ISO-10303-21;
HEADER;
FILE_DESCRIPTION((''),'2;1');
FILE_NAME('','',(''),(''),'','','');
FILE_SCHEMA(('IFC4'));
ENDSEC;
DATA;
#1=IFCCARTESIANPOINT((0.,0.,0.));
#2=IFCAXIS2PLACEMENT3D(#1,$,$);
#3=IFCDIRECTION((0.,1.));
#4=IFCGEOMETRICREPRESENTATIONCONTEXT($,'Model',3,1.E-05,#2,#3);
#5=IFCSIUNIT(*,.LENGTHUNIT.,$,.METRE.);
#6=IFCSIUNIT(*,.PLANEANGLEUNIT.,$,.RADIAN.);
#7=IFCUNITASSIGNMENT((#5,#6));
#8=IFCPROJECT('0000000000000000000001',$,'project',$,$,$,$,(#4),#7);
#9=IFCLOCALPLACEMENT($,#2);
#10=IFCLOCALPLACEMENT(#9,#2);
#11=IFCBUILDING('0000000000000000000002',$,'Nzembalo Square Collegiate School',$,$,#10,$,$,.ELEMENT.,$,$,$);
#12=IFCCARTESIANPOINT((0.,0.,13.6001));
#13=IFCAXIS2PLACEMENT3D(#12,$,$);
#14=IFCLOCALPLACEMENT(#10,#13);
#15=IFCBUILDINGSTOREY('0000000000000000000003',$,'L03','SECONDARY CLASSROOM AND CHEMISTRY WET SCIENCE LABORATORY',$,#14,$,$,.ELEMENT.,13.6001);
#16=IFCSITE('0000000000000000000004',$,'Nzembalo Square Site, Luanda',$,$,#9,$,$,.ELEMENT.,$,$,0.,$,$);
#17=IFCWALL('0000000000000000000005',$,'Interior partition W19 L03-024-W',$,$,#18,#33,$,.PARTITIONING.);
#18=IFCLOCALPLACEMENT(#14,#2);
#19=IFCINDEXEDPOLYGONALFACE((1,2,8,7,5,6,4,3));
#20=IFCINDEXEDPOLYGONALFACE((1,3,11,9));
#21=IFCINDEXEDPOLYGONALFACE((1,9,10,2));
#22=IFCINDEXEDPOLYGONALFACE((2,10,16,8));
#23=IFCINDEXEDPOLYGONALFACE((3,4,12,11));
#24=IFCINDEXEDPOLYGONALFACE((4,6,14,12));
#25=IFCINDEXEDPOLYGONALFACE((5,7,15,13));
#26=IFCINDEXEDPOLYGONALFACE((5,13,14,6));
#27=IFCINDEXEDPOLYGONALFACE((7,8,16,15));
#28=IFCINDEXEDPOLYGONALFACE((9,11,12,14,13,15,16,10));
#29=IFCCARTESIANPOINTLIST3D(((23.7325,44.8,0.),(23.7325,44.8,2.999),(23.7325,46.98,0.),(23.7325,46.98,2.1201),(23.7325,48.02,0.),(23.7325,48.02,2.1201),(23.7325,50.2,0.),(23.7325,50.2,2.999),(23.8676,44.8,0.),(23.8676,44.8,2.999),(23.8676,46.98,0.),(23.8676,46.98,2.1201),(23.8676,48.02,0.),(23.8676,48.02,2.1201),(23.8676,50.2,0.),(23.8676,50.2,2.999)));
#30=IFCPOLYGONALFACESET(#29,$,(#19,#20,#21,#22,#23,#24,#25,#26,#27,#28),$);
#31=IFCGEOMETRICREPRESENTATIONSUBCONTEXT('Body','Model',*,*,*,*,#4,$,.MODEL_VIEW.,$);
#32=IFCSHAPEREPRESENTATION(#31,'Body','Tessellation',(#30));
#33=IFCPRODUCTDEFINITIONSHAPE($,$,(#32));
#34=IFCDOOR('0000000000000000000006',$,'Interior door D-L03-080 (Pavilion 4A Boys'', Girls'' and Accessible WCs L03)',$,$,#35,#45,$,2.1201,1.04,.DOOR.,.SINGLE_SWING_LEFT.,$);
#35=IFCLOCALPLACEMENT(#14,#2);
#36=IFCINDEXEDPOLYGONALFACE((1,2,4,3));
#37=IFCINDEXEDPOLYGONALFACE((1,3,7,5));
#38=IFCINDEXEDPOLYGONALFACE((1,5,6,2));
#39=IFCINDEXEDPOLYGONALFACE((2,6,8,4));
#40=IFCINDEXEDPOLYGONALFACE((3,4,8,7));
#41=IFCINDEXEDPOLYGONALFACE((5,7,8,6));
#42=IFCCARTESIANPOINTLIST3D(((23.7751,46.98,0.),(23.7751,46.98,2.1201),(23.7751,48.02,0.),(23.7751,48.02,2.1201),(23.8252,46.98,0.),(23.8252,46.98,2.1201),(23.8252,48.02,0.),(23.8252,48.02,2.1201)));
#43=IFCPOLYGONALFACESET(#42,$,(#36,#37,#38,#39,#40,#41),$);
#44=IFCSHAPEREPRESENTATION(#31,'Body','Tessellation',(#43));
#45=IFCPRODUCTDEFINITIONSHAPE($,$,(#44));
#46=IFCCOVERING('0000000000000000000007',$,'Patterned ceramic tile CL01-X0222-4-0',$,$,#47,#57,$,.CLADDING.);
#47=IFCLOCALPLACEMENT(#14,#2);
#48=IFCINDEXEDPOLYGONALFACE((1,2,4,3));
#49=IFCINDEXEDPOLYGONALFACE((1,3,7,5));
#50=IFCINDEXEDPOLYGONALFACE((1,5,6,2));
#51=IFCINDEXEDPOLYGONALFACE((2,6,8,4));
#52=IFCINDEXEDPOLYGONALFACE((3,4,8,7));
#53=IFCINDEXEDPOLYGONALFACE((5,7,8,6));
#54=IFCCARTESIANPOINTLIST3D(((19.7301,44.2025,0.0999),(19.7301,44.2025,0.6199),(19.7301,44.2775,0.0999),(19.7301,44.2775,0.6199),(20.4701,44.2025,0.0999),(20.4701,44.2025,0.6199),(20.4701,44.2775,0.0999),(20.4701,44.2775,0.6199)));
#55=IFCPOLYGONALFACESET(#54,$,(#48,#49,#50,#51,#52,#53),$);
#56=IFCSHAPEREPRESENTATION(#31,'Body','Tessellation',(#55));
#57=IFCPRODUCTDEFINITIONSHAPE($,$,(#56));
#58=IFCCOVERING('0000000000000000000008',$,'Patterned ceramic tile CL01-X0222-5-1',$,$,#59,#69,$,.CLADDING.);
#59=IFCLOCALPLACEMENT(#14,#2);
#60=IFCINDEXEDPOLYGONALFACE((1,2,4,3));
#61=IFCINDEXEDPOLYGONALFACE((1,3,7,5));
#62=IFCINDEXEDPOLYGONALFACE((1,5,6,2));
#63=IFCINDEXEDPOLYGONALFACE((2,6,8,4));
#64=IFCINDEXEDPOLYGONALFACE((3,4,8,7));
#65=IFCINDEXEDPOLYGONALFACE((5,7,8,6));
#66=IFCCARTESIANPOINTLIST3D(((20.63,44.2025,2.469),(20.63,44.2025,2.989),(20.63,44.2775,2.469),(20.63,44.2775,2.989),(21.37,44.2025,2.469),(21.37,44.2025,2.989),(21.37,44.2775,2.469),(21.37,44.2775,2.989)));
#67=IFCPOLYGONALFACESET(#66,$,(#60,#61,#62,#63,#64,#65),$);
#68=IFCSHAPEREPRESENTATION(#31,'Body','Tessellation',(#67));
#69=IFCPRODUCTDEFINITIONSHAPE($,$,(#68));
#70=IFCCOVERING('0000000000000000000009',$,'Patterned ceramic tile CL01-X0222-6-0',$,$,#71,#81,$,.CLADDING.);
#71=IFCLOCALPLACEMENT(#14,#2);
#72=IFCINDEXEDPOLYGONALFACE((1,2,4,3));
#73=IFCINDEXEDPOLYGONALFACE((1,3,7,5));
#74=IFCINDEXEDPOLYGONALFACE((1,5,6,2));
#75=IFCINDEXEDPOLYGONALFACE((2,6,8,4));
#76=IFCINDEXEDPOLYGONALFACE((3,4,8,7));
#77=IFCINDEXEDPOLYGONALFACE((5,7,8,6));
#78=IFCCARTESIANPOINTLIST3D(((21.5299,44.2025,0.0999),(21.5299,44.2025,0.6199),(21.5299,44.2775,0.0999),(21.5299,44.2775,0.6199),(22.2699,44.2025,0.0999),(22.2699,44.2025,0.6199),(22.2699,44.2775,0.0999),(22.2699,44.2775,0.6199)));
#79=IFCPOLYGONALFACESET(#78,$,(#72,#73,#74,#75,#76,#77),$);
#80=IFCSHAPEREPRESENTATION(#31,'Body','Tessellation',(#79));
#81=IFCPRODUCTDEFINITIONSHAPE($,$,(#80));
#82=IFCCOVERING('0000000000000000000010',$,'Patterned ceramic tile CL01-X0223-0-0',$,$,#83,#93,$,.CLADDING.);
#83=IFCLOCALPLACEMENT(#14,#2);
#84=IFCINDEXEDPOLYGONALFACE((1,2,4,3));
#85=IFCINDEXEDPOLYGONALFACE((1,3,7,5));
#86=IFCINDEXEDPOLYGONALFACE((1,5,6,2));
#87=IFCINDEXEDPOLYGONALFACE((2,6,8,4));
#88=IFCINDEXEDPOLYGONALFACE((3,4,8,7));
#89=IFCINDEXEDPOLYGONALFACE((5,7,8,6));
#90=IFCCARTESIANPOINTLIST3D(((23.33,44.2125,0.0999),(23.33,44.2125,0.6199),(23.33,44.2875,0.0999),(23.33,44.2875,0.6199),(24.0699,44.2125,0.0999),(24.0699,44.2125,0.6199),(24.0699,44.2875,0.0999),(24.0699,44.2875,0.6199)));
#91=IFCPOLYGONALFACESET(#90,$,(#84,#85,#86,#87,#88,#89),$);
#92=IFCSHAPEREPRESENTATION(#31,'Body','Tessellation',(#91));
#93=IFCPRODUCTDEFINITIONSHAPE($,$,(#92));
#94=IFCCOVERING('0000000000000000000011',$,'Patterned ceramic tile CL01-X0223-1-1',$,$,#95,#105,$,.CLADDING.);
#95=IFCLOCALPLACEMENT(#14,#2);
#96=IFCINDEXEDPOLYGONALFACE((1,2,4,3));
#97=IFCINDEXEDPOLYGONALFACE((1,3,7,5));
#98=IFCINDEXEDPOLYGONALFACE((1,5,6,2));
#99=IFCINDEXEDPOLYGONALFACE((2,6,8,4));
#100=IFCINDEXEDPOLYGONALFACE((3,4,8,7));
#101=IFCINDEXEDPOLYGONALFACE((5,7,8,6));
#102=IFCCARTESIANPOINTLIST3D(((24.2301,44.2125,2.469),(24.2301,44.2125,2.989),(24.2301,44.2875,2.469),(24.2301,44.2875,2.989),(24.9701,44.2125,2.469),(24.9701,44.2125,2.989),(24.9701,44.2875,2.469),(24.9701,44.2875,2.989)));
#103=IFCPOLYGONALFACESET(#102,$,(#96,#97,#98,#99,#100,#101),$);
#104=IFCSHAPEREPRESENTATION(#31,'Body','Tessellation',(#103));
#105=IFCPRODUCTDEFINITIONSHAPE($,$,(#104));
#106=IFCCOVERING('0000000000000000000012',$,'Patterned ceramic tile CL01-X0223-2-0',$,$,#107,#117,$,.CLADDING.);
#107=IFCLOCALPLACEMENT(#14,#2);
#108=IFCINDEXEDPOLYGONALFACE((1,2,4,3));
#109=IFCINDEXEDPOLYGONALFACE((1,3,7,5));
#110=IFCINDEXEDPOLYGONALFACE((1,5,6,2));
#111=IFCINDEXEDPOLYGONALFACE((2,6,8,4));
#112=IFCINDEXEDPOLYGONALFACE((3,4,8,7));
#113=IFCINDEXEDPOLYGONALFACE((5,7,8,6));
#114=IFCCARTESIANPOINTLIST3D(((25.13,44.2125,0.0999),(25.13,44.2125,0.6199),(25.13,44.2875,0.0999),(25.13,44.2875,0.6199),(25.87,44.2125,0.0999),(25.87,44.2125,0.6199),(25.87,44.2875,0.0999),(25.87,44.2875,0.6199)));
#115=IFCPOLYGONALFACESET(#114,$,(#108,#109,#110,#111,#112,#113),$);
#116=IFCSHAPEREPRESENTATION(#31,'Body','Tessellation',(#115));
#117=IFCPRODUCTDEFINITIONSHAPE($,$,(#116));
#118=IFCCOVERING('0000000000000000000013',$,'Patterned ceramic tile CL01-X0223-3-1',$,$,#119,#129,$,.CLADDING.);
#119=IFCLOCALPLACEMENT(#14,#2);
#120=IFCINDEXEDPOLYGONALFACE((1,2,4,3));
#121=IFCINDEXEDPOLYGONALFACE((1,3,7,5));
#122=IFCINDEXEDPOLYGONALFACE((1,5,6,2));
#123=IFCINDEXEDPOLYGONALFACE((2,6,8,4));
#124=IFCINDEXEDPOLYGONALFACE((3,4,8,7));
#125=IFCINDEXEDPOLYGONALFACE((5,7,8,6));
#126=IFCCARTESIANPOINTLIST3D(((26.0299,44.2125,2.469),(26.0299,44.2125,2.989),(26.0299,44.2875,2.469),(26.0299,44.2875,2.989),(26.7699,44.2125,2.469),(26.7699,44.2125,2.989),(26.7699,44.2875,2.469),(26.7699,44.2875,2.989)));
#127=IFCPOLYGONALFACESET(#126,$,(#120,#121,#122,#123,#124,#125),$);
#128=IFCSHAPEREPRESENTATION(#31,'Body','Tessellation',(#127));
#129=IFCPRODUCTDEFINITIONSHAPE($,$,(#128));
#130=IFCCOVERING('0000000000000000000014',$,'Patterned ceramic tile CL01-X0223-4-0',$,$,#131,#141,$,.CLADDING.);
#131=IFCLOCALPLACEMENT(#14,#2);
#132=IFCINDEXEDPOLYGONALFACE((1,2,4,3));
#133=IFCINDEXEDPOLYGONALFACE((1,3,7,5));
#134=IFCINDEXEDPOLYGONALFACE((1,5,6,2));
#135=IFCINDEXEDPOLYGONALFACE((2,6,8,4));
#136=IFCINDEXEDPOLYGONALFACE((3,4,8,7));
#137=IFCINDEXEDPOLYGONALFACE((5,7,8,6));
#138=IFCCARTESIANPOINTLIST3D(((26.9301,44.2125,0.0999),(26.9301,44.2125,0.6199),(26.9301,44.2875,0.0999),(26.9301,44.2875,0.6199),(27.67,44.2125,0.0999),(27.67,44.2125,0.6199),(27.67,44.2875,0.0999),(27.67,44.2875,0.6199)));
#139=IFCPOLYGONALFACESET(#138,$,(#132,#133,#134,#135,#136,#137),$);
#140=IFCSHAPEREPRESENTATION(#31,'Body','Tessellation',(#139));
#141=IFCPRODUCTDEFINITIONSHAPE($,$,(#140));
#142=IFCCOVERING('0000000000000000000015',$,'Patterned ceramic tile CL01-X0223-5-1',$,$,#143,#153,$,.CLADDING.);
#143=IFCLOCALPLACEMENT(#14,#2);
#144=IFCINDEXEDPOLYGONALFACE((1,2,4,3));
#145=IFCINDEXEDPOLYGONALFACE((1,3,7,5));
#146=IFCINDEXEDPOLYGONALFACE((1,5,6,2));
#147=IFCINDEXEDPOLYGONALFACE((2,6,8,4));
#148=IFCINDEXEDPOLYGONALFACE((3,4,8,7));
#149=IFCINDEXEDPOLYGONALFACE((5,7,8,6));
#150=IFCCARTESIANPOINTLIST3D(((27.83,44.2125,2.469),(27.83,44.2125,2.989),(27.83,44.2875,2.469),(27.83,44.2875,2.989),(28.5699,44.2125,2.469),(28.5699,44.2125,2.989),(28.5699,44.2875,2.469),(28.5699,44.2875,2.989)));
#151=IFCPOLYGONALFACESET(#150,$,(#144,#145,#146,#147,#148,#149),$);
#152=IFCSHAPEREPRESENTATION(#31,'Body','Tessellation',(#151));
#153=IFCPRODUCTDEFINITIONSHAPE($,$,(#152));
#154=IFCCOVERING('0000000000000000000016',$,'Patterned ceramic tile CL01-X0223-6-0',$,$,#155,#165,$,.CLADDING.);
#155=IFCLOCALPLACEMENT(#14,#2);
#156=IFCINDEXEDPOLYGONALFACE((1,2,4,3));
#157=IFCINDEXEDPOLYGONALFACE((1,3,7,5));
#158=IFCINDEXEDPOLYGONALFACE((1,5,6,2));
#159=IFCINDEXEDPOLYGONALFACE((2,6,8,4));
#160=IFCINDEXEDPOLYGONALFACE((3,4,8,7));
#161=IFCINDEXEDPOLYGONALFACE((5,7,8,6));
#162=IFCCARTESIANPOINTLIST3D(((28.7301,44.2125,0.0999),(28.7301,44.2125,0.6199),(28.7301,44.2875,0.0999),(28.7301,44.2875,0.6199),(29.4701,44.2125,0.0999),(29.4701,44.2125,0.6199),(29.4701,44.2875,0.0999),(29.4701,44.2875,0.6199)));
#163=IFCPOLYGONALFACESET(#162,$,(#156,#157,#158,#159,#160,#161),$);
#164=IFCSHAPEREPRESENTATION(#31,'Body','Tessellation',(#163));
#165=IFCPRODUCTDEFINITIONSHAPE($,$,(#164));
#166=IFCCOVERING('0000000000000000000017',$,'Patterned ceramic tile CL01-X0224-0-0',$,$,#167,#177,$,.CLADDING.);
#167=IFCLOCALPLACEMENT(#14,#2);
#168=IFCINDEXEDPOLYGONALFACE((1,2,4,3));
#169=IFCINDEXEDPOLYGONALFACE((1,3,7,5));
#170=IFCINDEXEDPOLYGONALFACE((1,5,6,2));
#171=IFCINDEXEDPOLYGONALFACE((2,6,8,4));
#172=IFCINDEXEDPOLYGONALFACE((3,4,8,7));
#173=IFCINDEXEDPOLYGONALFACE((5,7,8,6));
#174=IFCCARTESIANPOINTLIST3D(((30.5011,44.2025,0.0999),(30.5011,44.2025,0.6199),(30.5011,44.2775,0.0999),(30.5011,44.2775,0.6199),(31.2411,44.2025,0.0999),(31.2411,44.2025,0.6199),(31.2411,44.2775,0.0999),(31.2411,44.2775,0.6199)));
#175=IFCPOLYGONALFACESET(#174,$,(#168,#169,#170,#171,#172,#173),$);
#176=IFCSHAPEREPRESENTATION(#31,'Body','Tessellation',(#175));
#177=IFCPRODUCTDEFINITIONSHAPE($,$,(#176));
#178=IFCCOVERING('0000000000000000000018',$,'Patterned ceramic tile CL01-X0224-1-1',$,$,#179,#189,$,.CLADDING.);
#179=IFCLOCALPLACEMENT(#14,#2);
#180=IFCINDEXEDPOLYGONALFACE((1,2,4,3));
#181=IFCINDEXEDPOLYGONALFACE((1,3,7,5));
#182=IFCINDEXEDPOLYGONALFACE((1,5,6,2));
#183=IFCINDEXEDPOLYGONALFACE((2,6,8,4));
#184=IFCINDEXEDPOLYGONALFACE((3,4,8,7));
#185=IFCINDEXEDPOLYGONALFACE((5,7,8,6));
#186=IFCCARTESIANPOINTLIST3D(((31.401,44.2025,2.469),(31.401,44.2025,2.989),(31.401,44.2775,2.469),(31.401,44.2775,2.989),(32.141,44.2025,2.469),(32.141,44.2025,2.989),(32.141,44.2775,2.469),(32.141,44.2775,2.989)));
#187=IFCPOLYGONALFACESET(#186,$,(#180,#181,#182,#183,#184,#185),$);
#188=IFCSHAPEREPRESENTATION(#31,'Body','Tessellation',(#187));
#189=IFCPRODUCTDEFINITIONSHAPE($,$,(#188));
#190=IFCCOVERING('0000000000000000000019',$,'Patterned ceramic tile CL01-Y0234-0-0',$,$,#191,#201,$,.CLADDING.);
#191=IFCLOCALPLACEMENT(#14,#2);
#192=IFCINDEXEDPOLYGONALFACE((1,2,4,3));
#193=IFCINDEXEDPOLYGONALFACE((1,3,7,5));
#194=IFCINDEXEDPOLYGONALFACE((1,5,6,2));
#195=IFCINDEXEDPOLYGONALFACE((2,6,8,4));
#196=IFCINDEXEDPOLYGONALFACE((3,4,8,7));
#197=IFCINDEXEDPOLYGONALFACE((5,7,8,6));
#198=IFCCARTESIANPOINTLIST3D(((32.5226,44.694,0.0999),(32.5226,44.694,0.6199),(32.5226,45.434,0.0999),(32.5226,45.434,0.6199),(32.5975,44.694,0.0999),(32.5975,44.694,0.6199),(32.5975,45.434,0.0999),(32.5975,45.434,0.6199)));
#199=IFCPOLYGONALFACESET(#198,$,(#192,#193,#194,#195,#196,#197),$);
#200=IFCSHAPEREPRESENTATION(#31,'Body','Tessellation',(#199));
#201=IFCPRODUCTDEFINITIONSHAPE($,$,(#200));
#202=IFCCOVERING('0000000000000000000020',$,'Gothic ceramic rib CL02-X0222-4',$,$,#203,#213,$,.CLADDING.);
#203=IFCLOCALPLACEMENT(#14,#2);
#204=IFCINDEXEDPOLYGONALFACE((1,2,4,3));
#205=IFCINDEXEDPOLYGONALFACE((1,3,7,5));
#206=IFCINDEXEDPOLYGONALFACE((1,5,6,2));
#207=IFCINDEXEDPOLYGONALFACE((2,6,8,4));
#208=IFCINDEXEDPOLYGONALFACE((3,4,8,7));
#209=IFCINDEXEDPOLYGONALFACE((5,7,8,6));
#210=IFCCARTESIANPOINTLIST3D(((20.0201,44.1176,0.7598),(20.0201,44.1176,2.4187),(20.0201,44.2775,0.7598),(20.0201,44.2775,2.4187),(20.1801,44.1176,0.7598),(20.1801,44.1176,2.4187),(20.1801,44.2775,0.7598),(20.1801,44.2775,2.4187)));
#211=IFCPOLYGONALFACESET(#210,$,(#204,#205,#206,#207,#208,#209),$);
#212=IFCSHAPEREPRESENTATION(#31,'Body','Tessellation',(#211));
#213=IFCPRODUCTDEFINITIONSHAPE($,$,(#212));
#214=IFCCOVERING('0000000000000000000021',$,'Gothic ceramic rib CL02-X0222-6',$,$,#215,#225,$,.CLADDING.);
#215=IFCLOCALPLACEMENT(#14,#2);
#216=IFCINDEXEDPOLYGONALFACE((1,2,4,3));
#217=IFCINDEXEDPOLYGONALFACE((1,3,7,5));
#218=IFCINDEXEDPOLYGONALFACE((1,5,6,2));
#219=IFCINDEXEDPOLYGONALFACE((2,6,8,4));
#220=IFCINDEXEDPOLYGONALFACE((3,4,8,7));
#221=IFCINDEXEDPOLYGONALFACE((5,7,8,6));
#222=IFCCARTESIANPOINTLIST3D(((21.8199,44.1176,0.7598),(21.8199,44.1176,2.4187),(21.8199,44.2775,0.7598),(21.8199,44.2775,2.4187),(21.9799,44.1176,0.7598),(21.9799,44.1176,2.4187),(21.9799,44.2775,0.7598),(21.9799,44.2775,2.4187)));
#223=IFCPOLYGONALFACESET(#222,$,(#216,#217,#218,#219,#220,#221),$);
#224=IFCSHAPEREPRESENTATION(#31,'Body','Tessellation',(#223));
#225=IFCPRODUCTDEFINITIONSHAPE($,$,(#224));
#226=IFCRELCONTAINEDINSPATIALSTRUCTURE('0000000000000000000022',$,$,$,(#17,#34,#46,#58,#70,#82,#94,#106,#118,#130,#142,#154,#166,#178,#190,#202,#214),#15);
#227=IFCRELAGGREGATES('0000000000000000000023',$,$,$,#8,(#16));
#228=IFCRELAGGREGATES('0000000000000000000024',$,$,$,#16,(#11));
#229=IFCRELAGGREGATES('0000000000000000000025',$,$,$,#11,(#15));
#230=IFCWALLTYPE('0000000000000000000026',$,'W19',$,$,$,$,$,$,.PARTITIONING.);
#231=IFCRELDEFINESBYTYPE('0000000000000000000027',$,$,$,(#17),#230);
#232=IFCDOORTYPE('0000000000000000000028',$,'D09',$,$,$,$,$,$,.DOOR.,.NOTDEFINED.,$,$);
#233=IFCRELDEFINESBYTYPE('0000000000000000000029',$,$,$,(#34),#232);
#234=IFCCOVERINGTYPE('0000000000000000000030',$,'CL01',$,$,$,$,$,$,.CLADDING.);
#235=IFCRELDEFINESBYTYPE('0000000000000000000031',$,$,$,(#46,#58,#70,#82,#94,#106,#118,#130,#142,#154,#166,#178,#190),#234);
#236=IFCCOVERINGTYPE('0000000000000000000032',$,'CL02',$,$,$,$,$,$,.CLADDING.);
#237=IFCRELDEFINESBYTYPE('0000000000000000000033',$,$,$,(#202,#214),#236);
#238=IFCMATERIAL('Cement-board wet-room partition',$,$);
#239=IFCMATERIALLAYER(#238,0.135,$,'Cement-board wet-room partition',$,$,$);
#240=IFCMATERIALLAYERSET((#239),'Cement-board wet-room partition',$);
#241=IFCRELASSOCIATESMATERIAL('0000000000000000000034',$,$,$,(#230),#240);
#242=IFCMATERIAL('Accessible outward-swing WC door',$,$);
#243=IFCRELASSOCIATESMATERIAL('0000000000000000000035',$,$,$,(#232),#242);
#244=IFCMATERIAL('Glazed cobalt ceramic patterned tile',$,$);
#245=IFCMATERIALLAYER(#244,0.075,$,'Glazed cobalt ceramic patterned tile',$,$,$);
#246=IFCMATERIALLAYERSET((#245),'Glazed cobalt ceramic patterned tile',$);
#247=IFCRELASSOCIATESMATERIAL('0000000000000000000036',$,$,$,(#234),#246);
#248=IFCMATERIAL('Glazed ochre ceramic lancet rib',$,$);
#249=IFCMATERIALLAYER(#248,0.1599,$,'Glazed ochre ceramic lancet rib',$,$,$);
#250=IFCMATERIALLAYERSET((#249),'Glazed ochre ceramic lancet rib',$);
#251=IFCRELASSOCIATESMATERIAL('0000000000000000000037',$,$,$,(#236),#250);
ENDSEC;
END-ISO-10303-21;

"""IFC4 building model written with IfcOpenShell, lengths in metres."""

from ifc_helpers import new_model, si_unit, direction, frame, frame_2d, origin, origin_2d, place, context, subcontext, project, spatial, rectangle, extrude, material, layer, layer_set, type_object, element, fill, save


model = new_model("IFC4")

# Units and contexts
model_context = context("Model", 3, precision=1e-05, world=origin(), true_north=direction((0.0, 1.0)))
body_context = subcontext(model_context, "Body", "Model", "MODEL_VIEW")
ifc_project = project(units=[si_unit("LENGTHUNIT", "METRE"), si_unit("PLANEANGLEUNIT", "RADIAN")], contexts=[model_context])

# Site, building, storey
site_placement = place(None, origin())
site = spatial("IfcSite", under=ifc_project, at=site_placement, Name="Nzembalo Square Site, Luanda", CompositionType="ELEMENT", RefElevation=0.0)
building_placement = place(site_placement, origin())
building = spatial("IfcBuilding", under=site, at=building_placement, Name="Nzembalo Square Collegiate School", CompositionType="ELEMENT")
storey_placement = place(building_placement, frame((0.0, 0.0, 13.6001)))
storey = spatial("IfcBuildingStorey", under=building, at=storey_placement, Name="L03", Description="SECONDARY CLASSROOM AND CHEMISTRY WET SCIENCE LABORATORY", CompositionType="ELEMENT", Elevation=13.6001)

# Wall, opening, door
ifc_material_1 = material(Name="Cement-board wet-room partition")
ifc_layer_1 = layer(ifc_material_1, 0.135, Name="Cement-board wet-room partition")
ifc_layer_set_1 = layer_set([ifc_layer_1], Name="Cement-board wet-room partition")
wall_type_1 = type_object("IfcWallType", Name="W19", PredefinedType="PARTITIONING", material=ifc_layer_set_1)
wall_1_placement = place(storey_placement, frame((23.8, 44.8, 0.0), z_axis=(0.0, 0.0, 1.0), x_axis=(0.0, 1.0, 0.0)))
wall_1 = element("IfcWall", 1, at=wall_1_placement, inside=storey, type_object=wall_type_1, Name="Interior partition W19 L03-024-W", PredefinedType="PARTITIONING", context=body_context, shape_type="SweptSolid", body=[
    extrude(rectangle(XDim=5.3999, YDim=0.135, at=frame_2d((2.7, 0.0))), origin(), (0.0, 0.0, 1.0), 2.999),
])
opening_1_placement = place(wall_1_placement, frame((2.1799, 0.0, 0.0)))
opening_1 = element("IfcOpeningElement", 2, at=opening_1_placement, cuts=wall_1, PredefinedType="OPENING", context=body_context, shape_type="SweptSolid", body=[
    extrude(rectangle(XDim=1.04, YDim=2.1201, at=frame_2d((0.52, 1.0601))), frame((0.0, 0.0776, 0.0), z_axis=(0.0, -1.0, 0.0), x_axis=(1.0, 0.0, 0.0)), (0.0, 0.0, 1.0), 0.155),
])
ifc_material_2 = material(Name="Accessible outward-swing WC door")
door_type = type_object("IfcDoorType", Name="D09", OperationType="NOTDEFINED", PredefinedType="DOOR", material=ifc_material_2)
door_placement = place(opening_1_placement, origin())
door = element("IfcDoor", 3, at=door_placement, inside=storey, type_object=door_type, Name="Interior door D-L03-080 (Pavilion 4A Boys', Girls' and Accessible WCs L03)", OperationType="SINGLE_SWING_LEFT", OverallHeight=2.1201, OverallWidth=1.04, PredefinedType="DOOR", context=body_context, shape_type="SweptSolid", body=[
    extrude(rectangle(XDim=1.04, YDim=2.1201, at=frame_2d((0.52, 1.0601))), frame((0.0, 0.0249, 0.0), z_axis=(0.0, -1.0, 0.0), x_axis=(1.0, 0.0, 0.0)), (0.0, 0.0, 1.0), 0.05),
])
fill(opening_1, door)

# Coverings
ifc_material_3 = material(Name="Glazed cobalt ceramic patterned tile")
ifc_layer_2 = layer(ifc_material_3, 0.075, Name="Glazed cobalt ceramic patterned tile")
ifc_layer_set_2 = layer_set([ifc_layer_2], Name="Glazed cobalt ceramic patterned tile")
covering_type_1 = type_object("IfcCoveringType", Name="CL01", PredefinedType="CLADDING", material=ifc_layer_set_2)
for number, where, z_axis, x_axis, name in (
    (4, (20.1001, 44.24, 0.0999), (0.0, 0.0, 1.0), (1.0, 0.0, 0.0), "Patterned ceramic tile CL01-X0222-4-0"),
    (5, (21.0, 44.24, 2.469), (0.0, 0.0, 1.0), (1.0, 0.0, 0.0), "Patterned ceramic tile CL01-X0222-5-1"),
    (6, (21.8999, 44.24, 0.0999), (0.0, 0.0, 1.0), (1.0, 0.0, 0.0), "Patterned ceramic tile CL01-X0222-6-0"),
    (7, (23.7, 44.25, 0.0999), (0.0, 0.0, 1.0), (1.0, 0.0, 0.0), "Patterned ceramic tile CL01-X0223-0-0"),
    (8, (24.6001, 44.25, 2.469), (0.0, 0.0, 1.0), (1.0, 0.0, 0.0), "Patterned ceramic tile CL01-X0223-1-1"),
    (9, (25.5, 44.25, 0.0999), (0.0, 0.0, 1.0), (1.0, 0.0, 0.0), "Patterned ceramic tile CL01-X0223-2-0"),
    (10, (26.3999, 44.25, 2.469), (0.0, 0.0, 1.0), (1.0, 0.0, 0.0), "Patterned ceramic tile CL01-X0223-3-1"),
    (11, (27.3, 44.25, 0.0999), (0.0, 0.0, 1.0), (1.0, 0.0, 0.0), "Patterned ceramic tile CL01-X0223-4-0"),
    (12, (28.2, 44.25, 2.469), (0.0, 0.0, 1.0), (1.0, 0.0, 0.0), "Patterned ceramic tile CL01-X0223-5-1"),
    (13, (29.1001, 44.25, 0.0999), (0.0, 0.0, 1.0), (1.0, 0.0, 0.0), "Patterned ceramic tile CL01-X0223-6-0"),
    (14, (30.8711, 44.24, 0.0999), (0.0, 0.0, 1.0), (1.0, 0.0, 0.0), "Patterned ceramic tile CL01-X0224-0-0"),
    (15, (31.771, 44.24, 2.469), (0.0, 0.0, 1.0), (1.0, 0.0, 0.0), "Patterned ceramic tile CL01-X0224-1-1"),
):
    element("IfcCovering", number, at=place(storey_placement, frame(where, z_axis=z_axis, x_axis=x_axis)), inside=storey, type_object=covering_type_1, Name=name, PredefinedType="CLADDING", context=body_context, shape_type="SweptSolid", body=[
        extrude(rectangle(XDim=0.74, YDim=0.075, at=origin_2d()), origin(), (0.0, 0.0, 1.0), 0.52),
    ])
covering_placement = place(storey_placement, frame((32.5601, 45.064, 0.0999), z_axis=(0.0, 0.0, 1.0), x_axis=(1.0, 0.0, 0.0)))
element("IfcCovering", 16, at=covering_placement, inside=storey, type_object=covering_type_1, Name="Patterned ceramic tile CL01-Y0234-0-0", PredefinedType="CLADDING", context=body_context, shape_type="SweptSolid", body=[
    extrude(rectangle(XDim=0.075, YDim=0.74, at=origin_2d()), origin(), (0.0, 0.0, 1.0), 0.52),
])
ifc_material_4 = material(Name="Glazed ochre ceramic lancet rib")
ifc_layer_3 = layer(ifc_material_4, 0.1599, Name="Glazed ochre ceramic lancet rib")
ifc_layer_set_3 = layer_set([ifc_layer_3], Name="Glazed ochre ceramic lancet rib")
covering_type_2 = type_object("IfcCoveringType", Name="CL02", PredefinedType="CLADDING", material=ifc_layer_set_3)
for number, where, z_axis, x_axis, name in (
    (17, (20.1001, 44.1975, 0.7598), (0.0, 0.0, 1.0), (1.0, 0.0, 0.0), "Gothic ceramic rib CL02-X0222-4"),
    (18, (21.8999, 44.1975, 0.7598), (0.0, 0.0, 1.0), (1.0, 0.0, 0.0), "Gothic ceramic rib CL02-X0222-6"),
):
    element("IfcCovering", number, at=place(storey_placement, frame(where, z_axis=z_axis, x_axis=x_axis)), inside=storey, type_object=covering_type_2, Name=name, PredefinedType="CLADDING", context=body_context, shape_type="SweptSolid", body=[
        extrude(rectangle(XDim=0.1599, YDim=0.1599, at=origin_2d()), origin(), (0.0, 0.0, 1.0), 1.6589),
    ])

save(model, "model.ifc")
